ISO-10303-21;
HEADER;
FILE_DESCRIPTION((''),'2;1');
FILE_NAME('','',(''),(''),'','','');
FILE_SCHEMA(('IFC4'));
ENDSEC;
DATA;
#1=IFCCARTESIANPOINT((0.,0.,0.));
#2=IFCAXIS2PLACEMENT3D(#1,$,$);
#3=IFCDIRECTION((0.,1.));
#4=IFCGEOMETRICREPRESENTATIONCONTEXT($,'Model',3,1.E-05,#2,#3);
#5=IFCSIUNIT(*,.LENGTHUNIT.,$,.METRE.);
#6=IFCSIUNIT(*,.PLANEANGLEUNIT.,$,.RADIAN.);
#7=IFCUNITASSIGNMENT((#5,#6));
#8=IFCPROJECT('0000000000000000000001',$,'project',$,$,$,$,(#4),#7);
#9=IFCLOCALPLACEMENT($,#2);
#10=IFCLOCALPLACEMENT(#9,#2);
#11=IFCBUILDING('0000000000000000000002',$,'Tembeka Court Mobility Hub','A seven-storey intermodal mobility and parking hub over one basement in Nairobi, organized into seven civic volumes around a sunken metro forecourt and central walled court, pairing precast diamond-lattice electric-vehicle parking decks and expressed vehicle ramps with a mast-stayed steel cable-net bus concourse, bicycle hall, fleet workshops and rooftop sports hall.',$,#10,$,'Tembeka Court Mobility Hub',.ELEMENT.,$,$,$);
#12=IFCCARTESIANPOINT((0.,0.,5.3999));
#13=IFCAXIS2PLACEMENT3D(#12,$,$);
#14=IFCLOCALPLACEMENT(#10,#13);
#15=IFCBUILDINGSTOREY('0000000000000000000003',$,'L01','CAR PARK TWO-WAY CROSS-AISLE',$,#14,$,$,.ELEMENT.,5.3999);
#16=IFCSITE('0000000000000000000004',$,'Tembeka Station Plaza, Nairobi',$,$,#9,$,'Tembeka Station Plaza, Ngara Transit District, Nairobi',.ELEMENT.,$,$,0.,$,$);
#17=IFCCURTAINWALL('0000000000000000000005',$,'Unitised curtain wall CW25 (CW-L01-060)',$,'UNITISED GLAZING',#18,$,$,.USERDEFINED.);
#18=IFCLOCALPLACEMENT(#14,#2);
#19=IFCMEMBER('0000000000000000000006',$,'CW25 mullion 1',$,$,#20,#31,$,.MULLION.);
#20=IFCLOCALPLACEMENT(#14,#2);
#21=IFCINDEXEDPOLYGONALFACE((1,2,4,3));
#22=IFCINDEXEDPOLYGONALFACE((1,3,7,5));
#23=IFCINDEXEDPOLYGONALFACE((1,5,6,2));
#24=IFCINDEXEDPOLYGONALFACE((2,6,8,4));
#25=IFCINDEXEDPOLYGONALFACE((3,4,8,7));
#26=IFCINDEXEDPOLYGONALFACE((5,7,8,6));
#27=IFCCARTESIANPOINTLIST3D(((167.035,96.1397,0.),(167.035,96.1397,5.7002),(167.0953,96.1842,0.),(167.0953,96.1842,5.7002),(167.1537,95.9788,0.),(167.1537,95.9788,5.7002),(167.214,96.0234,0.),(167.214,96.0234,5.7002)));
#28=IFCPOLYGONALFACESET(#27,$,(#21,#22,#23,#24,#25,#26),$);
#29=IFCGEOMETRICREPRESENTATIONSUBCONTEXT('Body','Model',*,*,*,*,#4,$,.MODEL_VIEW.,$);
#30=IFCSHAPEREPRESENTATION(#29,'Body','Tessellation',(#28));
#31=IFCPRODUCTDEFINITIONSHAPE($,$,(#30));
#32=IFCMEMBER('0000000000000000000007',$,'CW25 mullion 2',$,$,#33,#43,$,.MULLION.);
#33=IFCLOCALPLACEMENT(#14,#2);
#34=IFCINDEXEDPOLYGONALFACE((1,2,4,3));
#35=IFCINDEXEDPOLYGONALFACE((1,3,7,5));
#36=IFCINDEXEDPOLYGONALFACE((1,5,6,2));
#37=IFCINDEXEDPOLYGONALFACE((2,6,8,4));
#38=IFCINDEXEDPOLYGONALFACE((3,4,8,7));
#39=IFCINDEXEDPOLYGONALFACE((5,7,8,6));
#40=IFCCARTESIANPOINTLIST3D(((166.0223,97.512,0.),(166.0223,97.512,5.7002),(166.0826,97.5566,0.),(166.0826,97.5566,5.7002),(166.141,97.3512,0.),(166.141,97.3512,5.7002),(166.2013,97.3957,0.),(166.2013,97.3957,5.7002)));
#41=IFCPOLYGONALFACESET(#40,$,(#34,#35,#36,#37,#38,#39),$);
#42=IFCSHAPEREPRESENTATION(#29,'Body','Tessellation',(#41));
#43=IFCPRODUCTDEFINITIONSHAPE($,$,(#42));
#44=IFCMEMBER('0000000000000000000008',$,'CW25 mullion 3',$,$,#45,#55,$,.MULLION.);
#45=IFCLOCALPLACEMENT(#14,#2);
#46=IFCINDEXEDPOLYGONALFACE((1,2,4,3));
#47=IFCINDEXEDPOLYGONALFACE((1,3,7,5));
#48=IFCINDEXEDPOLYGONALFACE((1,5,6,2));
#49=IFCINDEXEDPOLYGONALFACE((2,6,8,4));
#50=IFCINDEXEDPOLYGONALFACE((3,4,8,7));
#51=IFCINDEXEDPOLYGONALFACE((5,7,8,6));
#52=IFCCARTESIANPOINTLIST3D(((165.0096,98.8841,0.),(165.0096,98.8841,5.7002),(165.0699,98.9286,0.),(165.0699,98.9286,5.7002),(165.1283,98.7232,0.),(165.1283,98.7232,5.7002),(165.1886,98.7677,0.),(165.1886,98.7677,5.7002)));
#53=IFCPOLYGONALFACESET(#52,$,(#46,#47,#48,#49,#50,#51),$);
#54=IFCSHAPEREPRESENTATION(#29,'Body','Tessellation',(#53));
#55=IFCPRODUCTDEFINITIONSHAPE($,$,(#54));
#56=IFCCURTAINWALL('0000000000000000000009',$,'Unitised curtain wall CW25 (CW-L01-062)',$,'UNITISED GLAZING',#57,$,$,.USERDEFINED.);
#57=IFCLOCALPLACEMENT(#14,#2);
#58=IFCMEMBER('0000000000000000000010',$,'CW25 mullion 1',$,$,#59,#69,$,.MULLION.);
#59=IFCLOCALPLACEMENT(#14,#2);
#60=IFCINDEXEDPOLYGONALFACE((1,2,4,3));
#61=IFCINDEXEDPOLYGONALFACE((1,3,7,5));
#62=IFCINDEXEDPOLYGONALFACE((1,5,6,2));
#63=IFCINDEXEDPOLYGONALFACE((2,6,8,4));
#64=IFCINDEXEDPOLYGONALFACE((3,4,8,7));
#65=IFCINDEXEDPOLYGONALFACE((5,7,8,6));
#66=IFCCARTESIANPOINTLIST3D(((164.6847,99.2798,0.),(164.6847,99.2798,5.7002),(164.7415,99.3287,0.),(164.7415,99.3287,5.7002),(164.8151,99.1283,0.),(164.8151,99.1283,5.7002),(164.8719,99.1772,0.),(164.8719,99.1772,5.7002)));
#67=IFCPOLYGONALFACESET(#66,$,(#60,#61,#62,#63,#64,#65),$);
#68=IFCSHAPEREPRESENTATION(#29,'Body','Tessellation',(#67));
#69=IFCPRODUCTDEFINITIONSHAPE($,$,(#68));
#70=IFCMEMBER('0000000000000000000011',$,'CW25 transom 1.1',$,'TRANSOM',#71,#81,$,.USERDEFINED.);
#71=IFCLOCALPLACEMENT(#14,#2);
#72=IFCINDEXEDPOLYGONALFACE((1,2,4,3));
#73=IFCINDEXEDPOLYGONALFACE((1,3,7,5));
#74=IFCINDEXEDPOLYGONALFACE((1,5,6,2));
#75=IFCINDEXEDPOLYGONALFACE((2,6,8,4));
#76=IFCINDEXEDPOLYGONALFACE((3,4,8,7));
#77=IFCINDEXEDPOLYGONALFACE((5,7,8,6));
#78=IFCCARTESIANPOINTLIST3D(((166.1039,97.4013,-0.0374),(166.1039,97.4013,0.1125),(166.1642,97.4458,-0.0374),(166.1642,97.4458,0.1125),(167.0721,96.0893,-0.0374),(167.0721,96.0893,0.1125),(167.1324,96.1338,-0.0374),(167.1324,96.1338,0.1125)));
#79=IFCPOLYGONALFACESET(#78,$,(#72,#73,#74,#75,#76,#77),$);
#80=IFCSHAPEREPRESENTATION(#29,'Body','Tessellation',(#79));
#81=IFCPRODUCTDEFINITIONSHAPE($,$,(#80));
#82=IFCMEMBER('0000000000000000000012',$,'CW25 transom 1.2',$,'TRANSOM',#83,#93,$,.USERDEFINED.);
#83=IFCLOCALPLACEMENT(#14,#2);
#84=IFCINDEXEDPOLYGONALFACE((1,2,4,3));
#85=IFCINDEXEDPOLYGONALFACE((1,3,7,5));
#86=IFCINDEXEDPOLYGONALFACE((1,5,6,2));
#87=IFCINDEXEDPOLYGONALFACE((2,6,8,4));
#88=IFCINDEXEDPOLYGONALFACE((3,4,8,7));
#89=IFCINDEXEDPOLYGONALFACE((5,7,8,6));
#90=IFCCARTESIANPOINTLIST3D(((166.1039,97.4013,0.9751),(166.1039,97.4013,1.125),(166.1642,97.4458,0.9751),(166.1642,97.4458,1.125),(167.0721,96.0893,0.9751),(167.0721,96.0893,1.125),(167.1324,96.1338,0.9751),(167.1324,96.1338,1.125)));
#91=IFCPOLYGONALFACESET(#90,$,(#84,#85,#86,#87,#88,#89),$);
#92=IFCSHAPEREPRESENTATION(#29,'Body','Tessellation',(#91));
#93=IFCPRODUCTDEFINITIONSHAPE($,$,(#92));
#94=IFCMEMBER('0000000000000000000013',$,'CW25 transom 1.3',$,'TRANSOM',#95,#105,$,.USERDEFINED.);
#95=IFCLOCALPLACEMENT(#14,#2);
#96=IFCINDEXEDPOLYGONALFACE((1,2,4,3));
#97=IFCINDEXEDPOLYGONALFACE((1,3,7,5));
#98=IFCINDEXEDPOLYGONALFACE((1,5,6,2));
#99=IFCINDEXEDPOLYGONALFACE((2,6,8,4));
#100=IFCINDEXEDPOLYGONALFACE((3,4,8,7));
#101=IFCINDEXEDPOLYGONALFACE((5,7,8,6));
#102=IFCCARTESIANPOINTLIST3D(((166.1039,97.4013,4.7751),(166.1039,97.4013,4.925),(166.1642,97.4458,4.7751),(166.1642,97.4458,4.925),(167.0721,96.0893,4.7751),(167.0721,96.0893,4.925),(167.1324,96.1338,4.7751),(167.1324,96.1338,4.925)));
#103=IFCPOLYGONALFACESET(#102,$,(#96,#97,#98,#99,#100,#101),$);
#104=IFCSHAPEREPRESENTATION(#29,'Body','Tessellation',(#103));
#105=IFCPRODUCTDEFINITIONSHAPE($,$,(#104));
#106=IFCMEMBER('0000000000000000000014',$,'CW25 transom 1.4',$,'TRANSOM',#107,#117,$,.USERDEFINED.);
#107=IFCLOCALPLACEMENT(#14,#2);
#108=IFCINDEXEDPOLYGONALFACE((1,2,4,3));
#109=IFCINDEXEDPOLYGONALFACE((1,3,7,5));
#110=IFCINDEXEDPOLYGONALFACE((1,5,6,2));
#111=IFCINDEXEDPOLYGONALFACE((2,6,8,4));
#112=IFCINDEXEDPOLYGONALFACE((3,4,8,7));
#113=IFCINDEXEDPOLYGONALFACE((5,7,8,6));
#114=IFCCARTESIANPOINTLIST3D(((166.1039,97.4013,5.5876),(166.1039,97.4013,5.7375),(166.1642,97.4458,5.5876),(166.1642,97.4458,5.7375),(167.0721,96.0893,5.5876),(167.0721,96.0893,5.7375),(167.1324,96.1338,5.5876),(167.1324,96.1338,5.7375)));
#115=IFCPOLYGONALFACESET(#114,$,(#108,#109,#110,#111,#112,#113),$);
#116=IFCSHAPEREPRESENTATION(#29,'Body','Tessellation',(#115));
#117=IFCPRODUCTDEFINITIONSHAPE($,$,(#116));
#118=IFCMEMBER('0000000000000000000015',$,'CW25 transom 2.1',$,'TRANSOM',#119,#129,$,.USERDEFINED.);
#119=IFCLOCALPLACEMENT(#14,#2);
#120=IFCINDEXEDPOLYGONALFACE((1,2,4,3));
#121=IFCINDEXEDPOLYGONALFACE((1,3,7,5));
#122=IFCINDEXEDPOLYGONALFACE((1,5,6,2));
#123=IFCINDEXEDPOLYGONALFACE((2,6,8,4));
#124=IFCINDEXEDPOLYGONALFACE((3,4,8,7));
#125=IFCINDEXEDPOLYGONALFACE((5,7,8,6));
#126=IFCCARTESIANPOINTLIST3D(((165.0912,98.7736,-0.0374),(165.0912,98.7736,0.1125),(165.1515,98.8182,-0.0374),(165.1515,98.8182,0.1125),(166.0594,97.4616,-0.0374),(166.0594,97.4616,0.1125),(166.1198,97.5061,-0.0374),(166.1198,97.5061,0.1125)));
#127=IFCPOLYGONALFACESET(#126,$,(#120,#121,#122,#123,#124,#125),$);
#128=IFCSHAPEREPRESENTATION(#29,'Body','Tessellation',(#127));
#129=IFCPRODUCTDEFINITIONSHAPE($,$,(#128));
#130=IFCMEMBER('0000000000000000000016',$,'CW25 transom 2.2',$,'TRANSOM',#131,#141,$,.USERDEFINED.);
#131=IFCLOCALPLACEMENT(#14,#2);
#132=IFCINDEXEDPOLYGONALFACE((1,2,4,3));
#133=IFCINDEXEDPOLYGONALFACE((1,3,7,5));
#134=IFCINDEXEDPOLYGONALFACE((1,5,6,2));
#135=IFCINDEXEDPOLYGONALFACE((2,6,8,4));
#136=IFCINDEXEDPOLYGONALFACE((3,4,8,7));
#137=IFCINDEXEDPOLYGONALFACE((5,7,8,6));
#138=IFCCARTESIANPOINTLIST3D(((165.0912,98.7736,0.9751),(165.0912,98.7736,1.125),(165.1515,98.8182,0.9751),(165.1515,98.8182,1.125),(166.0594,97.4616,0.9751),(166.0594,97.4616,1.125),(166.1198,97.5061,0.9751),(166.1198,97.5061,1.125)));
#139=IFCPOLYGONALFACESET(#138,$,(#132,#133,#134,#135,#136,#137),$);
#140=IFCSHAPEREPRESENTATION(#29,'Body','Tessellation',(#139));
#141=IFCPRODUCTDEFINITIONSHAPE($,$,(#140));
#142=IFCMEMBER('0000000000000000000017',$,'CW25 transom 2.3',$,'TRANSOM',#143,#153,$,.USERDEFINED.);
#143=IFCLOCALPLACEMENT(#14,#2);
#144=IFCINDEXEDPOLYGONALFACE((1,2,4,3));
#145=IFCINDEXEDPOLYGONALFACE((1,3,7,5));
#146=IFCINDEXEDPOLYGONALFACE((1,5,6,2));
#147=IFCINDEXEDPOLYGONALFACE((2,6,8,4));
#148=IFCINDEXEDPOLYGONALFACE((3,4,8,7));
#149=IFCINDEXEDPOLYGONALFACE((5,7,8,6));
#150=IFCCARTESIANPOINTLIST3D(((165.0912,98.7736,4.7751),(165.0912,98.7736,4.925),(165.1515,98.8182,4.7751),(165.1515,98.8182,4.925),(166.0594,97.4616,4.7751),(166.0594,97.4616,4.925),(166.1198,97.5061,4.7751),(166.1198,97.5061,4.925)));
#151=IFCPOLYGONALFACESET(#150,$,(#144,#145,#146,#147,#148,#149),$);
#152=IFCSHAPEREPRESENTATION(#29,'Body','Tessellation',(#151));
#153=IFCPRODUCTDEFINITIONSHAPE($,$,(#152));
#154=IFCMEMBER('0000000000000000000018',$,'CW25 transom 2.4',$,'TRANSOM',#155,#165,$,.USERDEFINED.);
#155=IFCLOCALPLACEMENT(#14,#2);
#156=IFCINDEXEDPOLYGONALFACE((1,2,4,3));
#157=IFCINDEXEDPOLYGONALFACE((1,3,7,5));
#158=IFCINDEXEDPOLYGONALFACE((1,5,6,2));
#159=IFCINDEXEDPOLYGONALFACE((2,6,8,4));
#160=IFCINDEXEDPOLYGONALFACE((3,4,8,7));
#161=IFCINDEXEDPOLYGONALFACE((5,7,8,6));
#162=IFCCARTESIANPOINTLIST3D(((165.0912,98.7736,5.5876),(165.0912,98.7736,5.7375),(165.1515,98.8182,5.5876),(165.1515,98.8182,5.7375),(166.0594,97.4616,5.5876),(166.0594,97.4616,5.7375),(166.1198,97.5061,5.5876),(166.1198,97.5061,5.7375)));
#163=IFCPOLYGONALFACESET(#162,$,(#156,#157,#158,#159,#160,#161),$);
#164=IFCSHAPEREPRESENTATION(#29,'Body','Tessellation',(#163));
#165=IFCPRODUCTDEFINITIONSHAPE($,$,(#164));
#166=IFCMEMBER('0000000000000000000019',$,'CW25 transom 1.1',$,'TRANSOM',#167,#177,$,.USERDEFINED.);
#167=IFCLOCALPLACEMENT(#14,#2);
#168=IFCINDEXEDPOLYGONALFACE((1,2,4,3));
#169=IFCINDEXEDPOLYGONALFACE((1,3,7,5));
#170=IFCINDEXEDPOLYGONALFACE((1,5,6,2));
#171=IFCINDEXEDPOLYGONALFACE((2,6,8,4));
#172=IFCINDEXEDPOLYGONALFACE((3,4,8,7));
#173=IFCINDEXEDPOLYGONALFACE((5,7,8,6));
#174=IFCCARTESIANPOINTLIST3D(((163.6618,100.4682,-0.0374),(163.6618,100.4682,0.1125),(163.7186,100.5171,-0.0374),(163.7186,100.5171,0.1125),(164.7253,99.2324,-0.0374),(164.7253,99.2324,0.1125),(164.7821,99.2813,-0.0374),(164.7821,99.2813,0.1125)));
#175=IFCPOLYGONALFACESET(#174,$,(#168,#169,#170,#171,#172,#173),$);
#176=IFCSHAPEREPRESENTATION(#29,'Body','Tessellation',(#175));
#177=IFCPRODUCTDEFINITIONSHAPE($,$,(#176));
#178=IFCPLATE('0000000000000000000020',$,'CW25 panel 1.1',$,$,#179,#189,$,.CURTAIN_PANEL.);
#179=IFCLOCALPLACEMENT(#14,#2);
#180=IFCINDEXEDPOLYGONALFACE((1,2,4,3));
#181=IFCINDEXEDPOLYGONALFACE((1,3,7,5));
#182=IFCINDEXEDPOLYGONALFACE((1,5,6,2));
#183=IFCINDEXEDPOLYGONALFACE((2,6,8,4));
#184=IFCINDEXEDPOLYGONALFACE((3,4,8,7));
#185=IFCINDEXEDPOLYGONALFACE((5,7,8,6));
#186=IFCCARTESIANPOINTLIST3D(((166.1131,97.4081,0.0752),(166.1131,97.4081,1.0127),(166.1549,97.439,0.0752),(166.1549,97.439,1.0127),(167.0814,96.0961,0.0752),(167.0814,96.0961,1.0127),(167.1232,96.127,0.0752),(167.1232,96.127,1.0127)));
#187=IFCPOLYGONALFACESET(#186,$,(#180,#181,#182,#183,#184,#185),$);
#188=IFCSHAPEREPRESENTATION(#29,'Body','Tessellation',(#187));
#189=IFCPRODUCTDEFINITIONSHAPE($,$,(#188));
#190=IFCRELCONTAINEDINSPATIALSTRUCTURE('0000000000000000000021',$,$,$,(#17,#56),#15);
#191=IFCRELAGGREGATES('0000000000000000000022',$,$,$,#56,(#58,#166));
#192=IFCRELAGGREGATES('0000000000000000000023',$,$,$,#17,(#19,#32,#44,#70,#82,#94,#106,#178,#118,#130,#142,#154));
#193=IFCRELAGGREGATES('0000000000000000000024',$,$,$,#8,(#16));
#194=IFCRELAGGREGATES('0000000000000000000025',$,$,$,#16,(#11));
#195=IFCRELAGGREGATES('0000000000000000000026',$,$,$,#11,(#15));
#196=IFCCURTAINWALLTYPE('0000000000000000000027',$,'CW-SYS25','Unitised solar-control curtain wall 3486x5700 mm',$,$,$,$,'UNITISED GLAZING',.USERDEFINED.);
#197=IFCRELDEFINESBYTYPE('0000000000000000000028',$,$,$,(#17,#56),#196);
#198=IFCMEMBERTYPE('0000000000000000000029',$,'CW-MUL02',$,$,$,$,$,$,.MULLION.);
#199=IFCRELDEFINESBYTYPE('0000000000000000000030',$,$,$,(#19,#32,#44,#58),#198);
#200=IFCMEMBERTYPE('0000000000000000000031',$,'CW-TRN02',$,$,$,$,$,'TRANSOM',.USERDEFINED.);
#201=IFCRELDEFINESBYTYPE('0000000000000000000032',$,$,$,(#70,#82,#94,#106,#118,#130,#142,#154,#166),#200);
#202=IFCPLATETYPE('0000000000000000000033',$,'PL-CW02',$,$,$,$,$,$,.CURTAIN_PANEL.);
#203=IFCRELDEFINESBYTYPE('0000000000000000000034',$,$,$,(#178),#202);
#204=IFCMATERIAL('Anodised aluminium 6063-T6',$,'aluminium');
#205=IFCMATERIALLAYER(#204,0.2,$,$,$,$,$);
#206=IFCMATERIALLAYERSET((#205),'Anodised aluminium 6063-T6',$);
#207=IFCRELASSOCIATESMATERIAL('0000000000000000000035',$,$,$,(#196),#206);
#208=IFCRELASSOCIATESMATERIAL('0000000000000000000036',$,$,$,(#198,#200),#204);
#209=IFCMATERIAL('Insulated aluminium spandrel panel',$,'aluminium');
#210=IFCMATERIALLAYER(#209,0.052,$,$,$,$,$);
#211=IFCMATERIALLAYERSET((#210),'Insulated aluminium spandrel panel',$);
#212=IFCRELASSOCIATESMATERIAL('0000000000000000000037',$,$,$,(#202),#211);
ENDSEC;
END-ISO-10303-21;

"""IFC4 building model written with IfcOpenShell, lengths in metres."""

from ifc_helpers import new_model, si_unit, direction, frame, origin, origin_2d, place, context, subcontext, project, spatial, rectangle, extrude, material, layer, layer_set, material_profile, profile_set, type_object, element, aggregate, save


model = new_model("IFC4")

# Units and contexts
model_context = context("Model", 3, precision=1e-05, world=origin(), true_north=direction((0.0, 1.0)))
body_context = subcontext(model_context, "Body", "Model", "MODEL_VIEW")
ifc_project = project(units=[si_unit("LENGTHUNIT", "METRE"), si_unit("PLANEANGLEUNIT", "RADIAN")], contexts=[model_context])

# Site, building, storey
site_placement = place(None, origin())
site = spatial("IfcSite", under=ifc_project, at=site_placement, Name="Tembeka Station Plaza, Nairobi", LongName="Tembeka Station Plaza, Ngara Transit District, Nairobi", CompositionType="ELEMENT", RefElevation=0.0)
building_placement = place(site_placement, origin())
building = spatial("IfcBuilding", under=site, at=building_placement, Name="Tembeka Court Mobility Hub", Description="A seven-storey intermodal mobility and parking hub over one basement in Nairobi, organized into seven civic volumes around a sunken metro forecourt and central walled court, pairing precast diamond-lattice electric-vehicle parking decks and expressed vehicle ramps with a mast-stayed steel cable-net bus concourse, bicycle hall, fleet workshops and rooftop sports hall.", LongName="Tembeka Court Mobility Hub", CompositionType="ELEMENT")
storey_placement = place(building_placement, frame((0.0, 0.0, 5.3999)))
storey = spatial("IfcBuildingStorey", under=building, at=storey_placement, Name="L01", Description="CAR PARK TWO-WAY CROSS-AISLE", CompositionType="ELEMENT", Elevation=5.3999)

# Curtain wall, members
ifc_material_1 = material(Name="Anodised aluminium 6063-T6", Category="aluminium")
ifc_layer_1 = layer(ifc_material_1, 0.2)
ifc_layer_set_1 = layer_set([ifc_layer_1], Name="Anodised aluminium 6063-T6")
curtain_wall_type = type_object("IfcCurtainWallType", Name="CW-SYS25", Description="Unitised solar-control curtain wall 3486x5700 mm", ElementType="UNITISED GLAZING", PredefinedType="USERDEFINED", material=ifc_layer_set_1)
curtain_wall_1_placement = place(storey_placement, origin())
curtain_wall_1 = element("IfcCurtainWall", 1, at=curtain_wall_1_placement, inside=storey, type_object=curtain_wall_type, Name="Unitised curtain wall CW25 (CW-L01-060)", ObjectType="UNITISED GLAZING", PredefinedType="USERDEFINED")
ifc_material_profile_1 = material_profile(ifc_material_1, rectangle(XDim=0.075, YDim=0.2, at=origin_2d()), Name="ALU-MUL 75x200")
ifc_profile_set_1 = profile_set([ifc_material_profile_1], Name="Anodised aluminium 6063-T6")
member_type_1 = type_object("IfcMemberType", Name="CW-MUL02", PredefinedType="MULLION", material=ifc_profile_set_1)
member_1_placement = place(storey_placement, frame((167.1245, 96.0815, 0.0), z_axis=(0.0, 0.0, 1.0), x_axis=(-0.804599, -0.593818, 0.0)))
member_1 = element("IfcMember", 2, at=member_1_placement, type_object=member_type_1, Name="CW25 mullion 1", PredefinedType="MULLION", context=body_context, shape_type="SweptSolid", body=[
    extrude(rectangle(XDim=0.075, YDim=0.2, at=origin_2d()), origin(), (0.0, 0.0, 1.0), 5.7002),
])
member_2_placement = place(storey_placement, frame((166.1118, 97.4539, 0.0), z_axis=(0.0, 0.0, 1.0), x_axis=(-0.804599, -0.593818, 0.0)))
member_2 = element("IfcMember", 3, at=member_2_placement, type_object=member_type_1, Name="CW25 mullion 2", PredefinedType="MULLION", context=body_context, shape_type="SweptSolid", body=[
    extrude(rectangle(XDim=0.075, YDim=0.2, at=origin_2d()), origin(), (0.0, 0.0, 1.0), 5.7002),
])
member_3_placement = place(storey_placement, frame((165.0991, 98.8259, 0.0), z_axis=(0.0, 0.0, 1.0), x_axis=(-0.804599, -0.593818, 0.0)))
member_3 = element("IfcMember", 4, at=member_3_placement, type_object=member_type_1, Name="CW25 mullion 3", PredefinedType="MULLION", context=body_context, shape_type="SweptSolid", body=[
    extrude(rectangle(XDim=0.075, YDim=0.2, at=origin_2d()), origin(), (0.0, 0.0, 1.0), 5.7002),
])

# Curtain wall, member
curtain_wall_2_placement = place(storey_placement, origin())
curtain_wall_2 = element("IfcCurtainWall", 5, at=curtain_wall_2_placement, inside=storey, type_object=curtain_wall_type, Name="Unitised curtain wall CW25 (CW-L01-062)", ObjectType="UNITISED GLAZING", PredefinedType="USERDEFINED")
member_4_placement = place(storey_placement, frame((164.7783, 99.2285, 0.0), z_axis=(0.0, 0.0, 1.0), x_axis=(-0.757955, -0.652307, 0.0)))
member_4 = element("IfcMember", 6, at=member_4_placement, type_object=member_type_1, Name="CW25 mullion 1", PredefinedType="MULLION", context=body_context, shape_type="SweptSolid", body=[
    extrude(rectangle(XDim=0.075, YDim=0.2, at=origin_2d()), origin(), (0.0, 0.0, 1.0), 5.7002),
])

# Members
ifc_material_profile_2 = material_profile(ifc_material_1, rectangle(XDim=0.075, YDim=0.1499, at=origin_2d()), Name="ALU-TRN 75x150")
ifc_profile_set_2 = profile_set([ifc_material_profile_2], Name="Anodised aluminium 6063-T6")
member_type_2 = type_object("IfcMemberType", Name="CW-TRN02", ElementType="TRANSOM", PredefinedType="USERDEFINED", material=ifc_profile_set_2)
member_5_placement = place(storey_placement, frame((167.1023, 96.1116, 0.0376), z_axis=(-0.593802, 0.804612, 0.0), x_axis=(-0.804612, -0.593802, 0.0)))
member_5 = element("IfcMember", 7, at=member_5_placement, type_object=member_type_2, Name="CW25 transom 1.1", ObjectType="TRANSOM", PredefinedType="USERDEFINED", context=body_context, shape_type="SweptSolid", body=[
    extrude(rectangle(XDim=0.075, YDim=0.1499, at=origin_2d()), origin(), (0.0, 0.0, 1.0), 1.6306),
])
member_6_placement = place(storey_placement, frame((167.1023, 96.1116, 1.05), z_axis=(-0.593802, 0.804612, 0.0), x_axis=(-0.804612, -0.593802, 0.0)))
member_6 = element("IfcMember", 8, at=member_6_placement, type_object=member_type_2, Name="CW25 transom 1.2", ObjectType="TRANSOM", PredefinedType="USERDEFINED", context=body_context, shape_type="SweptSolid", body=[
    extrude(rectangle(XDim=0.075, YDim=0.1499, at=origin_2d()), origin(), (0.0, 0.0, 1.0), 1.6306),
])
member_7_placement = place(storey_placement, frame((167.1023, 96.1116, 4.8501), z_axis=(-0.593802, 0.804612, 0.0), x_axis=(-0.804612, -0.593802, 0.0)))
member_7 = element("IfcMember", 9, at=member_7_placement, type_object=member_type_2, Name="CW25 transom 1.3", ObjectType="TRANSOM", PredefinedType="USERDEFINED", context=body_context, shape_type="SweptSolid", body=[
    extrude(rectangle(XDim=0.075, YDim=0.1499, at=origin_2d()), origin(), (0.0, 0.0, 1.0), 1.6306),
])
member_8_placement = place(storey_placement, frame((167.1023, 96.1116, 5.6626), z_axis=(-0.593802, 0.804612, 0.0), x_axis=(-0.804612, -0.593802, 0.0)))
member_8 = element("IfcMember", 10, at=member_8_placement, type_object=member_type_2, Name="CW25 transom 1.4", ObjectType="TRANSOM", PredefinedType="USERDEFINED", context=body_context, shape_type="SweptSolid", body=[
    extrude(rectangle(XDim=0.075, YDim=0.1499, at=origin_2d()), origin(), (0.0, 0.0, 1.0), 1.6306),
])
member_9_placement = place(storey_placement, frame((166.0896, 97.4839, 0.0376), z_axis=(-0.593802, 0.804612, 0.0), x_axis=(-0.804612, -0.593802, 0.0)))
member_9 = element("IfcMember", 11, at=member_9_placement, type_object=member_type_2, Name="CW25 transom 2.1", ObjectType="TRANSOM", PredefinedType="USERDEFINED", context=body_context, shape_type="SweptSolid", body=[
    extrude(rectangle(XDim=0.075, YDim=0.1499, at=origin_2d()), origin(), (0.0, 0.0, 1.0), 1.6306),
])
member_10_placement = place(storey_placement, frame((166.0896, 97.4839, 1.05), z_axis=(-0.593802, 0.804612, 0.0), x_axis=(-0.804612, -0.593802, 0.0)))
member_10 = element("IfcMember", 12, at=member_10_placement, type_object=member_type_2, Name="CW25 transom 2.2", ObjectType="TRANSOM", PredefinedType="USERDEFINED", context=body_context, shape_type="SweptSolid", body=[
    extrude(rectangle(XDim=0.075, YDim=0.1499, at=origin_2d()), origin(), (0.0, 0.0, 1.0), 1.6306),
])
member_11_placement = place(storey_placement, frame((166.0896, 97.4839, 4.8501), z_axis=(-0.593802, 0.804612, 0.0), x_axis=(-0.804612, -0.593802, 0.0)))
member_11 = element("IfcMember", 13, at=member_11_placement, type_object=member_type_2, Name="CW25 transom 2.3", ObjectType="TRANSOM", PredefinedType="USERDEFINED", context=body_context, shape_type="SweptSolid", body=[
    extrude(rectangle(XDim=0.075, YDim=0.1499, at=origin_2d()), origin(), (0.0, 0.0, 1.0), 1.6306),
])
member_12_placement = place(storey_placement, frame((166.0896, 97.4839, 5.6626), z_axis=(-0.593802, 0.804612, 0.0), x_axis=(-0.804612, -0.593802, 0.0)))
member_12 = element("IfcMember", 14, at=member_12_placement, type_object=member_type_2, Name="CW25 transom 2.4", ObjectType="TRANSOM", PredefinedType="USERDEFINED", context=body_context, shape_type="SweptSolid", body=[
    extrude(rectangle(XDim=0.075, YDim=0.1499, at=origin_2d()), origin(), (0.0, 0.0, 1.0), 1.6306),
])
member_13_placement = place(storey_placement, frame((164.7537, 99.2568, 0.0376), z_axis=(-0.65227, 0.757987, 0.0), x_axis=(-0.757987, -0.65227, 0.0)))
member_13 = element("IfcMember", 15, at=member_13_placement, type_object=member_type_2, Name="CW25 transom 1.1", ObjectType="TRANSOM", PredefinedType="USERDEFINED", context=body_context, shape_type="SweptSolid", body=[
    extrude(rectangle(XDim=0.075, YDim=0.1499, at=origin_2d()), origin(), (0.0, 0.0, 1.0), 1.6304),
])
aggregate(curtain_wall_2, [member_4, member_13])

# Plate
ifc_material_2 = material(Name="Insulated aluminium spandrel panel", Category="aluminium")
ifc_layer_2 = layer(ifc_material_2, 0.052)
ifc_layer_set_2 = layer_set([ifc_layer_2], Name="Insulated aluminium spandrel panel")
plate_type_1 = type_object("IfcPlateType", Name="PL-CW02", PredefinedType="CURTAIN_PANEL", material=ifc_layer_set_2)
plate_1_placement = place(storey_placement, frame((166.6182, 96.7676, 0.0752), z_axis=(0.0, 0.0, 1.0), x_axis=(-0.593818, 0.804599, 0.0)))
plate_1 = element("IfcPlate", 16, at=plate_1_placement, type_object=plate_type_1, Name="CW25 panel 1.1", PredefinedType="CURTAIN_PANEL", context=body_context, shape_type="SweptSolid", body=[
    extrude(rectangle(XDim=1.6306, YDim=0.052, at=origin_2d()), origin(), (0.0, 0.0, 1.0), 0.9375),
])
aggregate(curtain_wall_1, [member_1, member_2, member_3, member_5, member_6, member_7, member_8, plate_1, member_9, member_10, member_11, member_12])

save(model, "model.ifc")
